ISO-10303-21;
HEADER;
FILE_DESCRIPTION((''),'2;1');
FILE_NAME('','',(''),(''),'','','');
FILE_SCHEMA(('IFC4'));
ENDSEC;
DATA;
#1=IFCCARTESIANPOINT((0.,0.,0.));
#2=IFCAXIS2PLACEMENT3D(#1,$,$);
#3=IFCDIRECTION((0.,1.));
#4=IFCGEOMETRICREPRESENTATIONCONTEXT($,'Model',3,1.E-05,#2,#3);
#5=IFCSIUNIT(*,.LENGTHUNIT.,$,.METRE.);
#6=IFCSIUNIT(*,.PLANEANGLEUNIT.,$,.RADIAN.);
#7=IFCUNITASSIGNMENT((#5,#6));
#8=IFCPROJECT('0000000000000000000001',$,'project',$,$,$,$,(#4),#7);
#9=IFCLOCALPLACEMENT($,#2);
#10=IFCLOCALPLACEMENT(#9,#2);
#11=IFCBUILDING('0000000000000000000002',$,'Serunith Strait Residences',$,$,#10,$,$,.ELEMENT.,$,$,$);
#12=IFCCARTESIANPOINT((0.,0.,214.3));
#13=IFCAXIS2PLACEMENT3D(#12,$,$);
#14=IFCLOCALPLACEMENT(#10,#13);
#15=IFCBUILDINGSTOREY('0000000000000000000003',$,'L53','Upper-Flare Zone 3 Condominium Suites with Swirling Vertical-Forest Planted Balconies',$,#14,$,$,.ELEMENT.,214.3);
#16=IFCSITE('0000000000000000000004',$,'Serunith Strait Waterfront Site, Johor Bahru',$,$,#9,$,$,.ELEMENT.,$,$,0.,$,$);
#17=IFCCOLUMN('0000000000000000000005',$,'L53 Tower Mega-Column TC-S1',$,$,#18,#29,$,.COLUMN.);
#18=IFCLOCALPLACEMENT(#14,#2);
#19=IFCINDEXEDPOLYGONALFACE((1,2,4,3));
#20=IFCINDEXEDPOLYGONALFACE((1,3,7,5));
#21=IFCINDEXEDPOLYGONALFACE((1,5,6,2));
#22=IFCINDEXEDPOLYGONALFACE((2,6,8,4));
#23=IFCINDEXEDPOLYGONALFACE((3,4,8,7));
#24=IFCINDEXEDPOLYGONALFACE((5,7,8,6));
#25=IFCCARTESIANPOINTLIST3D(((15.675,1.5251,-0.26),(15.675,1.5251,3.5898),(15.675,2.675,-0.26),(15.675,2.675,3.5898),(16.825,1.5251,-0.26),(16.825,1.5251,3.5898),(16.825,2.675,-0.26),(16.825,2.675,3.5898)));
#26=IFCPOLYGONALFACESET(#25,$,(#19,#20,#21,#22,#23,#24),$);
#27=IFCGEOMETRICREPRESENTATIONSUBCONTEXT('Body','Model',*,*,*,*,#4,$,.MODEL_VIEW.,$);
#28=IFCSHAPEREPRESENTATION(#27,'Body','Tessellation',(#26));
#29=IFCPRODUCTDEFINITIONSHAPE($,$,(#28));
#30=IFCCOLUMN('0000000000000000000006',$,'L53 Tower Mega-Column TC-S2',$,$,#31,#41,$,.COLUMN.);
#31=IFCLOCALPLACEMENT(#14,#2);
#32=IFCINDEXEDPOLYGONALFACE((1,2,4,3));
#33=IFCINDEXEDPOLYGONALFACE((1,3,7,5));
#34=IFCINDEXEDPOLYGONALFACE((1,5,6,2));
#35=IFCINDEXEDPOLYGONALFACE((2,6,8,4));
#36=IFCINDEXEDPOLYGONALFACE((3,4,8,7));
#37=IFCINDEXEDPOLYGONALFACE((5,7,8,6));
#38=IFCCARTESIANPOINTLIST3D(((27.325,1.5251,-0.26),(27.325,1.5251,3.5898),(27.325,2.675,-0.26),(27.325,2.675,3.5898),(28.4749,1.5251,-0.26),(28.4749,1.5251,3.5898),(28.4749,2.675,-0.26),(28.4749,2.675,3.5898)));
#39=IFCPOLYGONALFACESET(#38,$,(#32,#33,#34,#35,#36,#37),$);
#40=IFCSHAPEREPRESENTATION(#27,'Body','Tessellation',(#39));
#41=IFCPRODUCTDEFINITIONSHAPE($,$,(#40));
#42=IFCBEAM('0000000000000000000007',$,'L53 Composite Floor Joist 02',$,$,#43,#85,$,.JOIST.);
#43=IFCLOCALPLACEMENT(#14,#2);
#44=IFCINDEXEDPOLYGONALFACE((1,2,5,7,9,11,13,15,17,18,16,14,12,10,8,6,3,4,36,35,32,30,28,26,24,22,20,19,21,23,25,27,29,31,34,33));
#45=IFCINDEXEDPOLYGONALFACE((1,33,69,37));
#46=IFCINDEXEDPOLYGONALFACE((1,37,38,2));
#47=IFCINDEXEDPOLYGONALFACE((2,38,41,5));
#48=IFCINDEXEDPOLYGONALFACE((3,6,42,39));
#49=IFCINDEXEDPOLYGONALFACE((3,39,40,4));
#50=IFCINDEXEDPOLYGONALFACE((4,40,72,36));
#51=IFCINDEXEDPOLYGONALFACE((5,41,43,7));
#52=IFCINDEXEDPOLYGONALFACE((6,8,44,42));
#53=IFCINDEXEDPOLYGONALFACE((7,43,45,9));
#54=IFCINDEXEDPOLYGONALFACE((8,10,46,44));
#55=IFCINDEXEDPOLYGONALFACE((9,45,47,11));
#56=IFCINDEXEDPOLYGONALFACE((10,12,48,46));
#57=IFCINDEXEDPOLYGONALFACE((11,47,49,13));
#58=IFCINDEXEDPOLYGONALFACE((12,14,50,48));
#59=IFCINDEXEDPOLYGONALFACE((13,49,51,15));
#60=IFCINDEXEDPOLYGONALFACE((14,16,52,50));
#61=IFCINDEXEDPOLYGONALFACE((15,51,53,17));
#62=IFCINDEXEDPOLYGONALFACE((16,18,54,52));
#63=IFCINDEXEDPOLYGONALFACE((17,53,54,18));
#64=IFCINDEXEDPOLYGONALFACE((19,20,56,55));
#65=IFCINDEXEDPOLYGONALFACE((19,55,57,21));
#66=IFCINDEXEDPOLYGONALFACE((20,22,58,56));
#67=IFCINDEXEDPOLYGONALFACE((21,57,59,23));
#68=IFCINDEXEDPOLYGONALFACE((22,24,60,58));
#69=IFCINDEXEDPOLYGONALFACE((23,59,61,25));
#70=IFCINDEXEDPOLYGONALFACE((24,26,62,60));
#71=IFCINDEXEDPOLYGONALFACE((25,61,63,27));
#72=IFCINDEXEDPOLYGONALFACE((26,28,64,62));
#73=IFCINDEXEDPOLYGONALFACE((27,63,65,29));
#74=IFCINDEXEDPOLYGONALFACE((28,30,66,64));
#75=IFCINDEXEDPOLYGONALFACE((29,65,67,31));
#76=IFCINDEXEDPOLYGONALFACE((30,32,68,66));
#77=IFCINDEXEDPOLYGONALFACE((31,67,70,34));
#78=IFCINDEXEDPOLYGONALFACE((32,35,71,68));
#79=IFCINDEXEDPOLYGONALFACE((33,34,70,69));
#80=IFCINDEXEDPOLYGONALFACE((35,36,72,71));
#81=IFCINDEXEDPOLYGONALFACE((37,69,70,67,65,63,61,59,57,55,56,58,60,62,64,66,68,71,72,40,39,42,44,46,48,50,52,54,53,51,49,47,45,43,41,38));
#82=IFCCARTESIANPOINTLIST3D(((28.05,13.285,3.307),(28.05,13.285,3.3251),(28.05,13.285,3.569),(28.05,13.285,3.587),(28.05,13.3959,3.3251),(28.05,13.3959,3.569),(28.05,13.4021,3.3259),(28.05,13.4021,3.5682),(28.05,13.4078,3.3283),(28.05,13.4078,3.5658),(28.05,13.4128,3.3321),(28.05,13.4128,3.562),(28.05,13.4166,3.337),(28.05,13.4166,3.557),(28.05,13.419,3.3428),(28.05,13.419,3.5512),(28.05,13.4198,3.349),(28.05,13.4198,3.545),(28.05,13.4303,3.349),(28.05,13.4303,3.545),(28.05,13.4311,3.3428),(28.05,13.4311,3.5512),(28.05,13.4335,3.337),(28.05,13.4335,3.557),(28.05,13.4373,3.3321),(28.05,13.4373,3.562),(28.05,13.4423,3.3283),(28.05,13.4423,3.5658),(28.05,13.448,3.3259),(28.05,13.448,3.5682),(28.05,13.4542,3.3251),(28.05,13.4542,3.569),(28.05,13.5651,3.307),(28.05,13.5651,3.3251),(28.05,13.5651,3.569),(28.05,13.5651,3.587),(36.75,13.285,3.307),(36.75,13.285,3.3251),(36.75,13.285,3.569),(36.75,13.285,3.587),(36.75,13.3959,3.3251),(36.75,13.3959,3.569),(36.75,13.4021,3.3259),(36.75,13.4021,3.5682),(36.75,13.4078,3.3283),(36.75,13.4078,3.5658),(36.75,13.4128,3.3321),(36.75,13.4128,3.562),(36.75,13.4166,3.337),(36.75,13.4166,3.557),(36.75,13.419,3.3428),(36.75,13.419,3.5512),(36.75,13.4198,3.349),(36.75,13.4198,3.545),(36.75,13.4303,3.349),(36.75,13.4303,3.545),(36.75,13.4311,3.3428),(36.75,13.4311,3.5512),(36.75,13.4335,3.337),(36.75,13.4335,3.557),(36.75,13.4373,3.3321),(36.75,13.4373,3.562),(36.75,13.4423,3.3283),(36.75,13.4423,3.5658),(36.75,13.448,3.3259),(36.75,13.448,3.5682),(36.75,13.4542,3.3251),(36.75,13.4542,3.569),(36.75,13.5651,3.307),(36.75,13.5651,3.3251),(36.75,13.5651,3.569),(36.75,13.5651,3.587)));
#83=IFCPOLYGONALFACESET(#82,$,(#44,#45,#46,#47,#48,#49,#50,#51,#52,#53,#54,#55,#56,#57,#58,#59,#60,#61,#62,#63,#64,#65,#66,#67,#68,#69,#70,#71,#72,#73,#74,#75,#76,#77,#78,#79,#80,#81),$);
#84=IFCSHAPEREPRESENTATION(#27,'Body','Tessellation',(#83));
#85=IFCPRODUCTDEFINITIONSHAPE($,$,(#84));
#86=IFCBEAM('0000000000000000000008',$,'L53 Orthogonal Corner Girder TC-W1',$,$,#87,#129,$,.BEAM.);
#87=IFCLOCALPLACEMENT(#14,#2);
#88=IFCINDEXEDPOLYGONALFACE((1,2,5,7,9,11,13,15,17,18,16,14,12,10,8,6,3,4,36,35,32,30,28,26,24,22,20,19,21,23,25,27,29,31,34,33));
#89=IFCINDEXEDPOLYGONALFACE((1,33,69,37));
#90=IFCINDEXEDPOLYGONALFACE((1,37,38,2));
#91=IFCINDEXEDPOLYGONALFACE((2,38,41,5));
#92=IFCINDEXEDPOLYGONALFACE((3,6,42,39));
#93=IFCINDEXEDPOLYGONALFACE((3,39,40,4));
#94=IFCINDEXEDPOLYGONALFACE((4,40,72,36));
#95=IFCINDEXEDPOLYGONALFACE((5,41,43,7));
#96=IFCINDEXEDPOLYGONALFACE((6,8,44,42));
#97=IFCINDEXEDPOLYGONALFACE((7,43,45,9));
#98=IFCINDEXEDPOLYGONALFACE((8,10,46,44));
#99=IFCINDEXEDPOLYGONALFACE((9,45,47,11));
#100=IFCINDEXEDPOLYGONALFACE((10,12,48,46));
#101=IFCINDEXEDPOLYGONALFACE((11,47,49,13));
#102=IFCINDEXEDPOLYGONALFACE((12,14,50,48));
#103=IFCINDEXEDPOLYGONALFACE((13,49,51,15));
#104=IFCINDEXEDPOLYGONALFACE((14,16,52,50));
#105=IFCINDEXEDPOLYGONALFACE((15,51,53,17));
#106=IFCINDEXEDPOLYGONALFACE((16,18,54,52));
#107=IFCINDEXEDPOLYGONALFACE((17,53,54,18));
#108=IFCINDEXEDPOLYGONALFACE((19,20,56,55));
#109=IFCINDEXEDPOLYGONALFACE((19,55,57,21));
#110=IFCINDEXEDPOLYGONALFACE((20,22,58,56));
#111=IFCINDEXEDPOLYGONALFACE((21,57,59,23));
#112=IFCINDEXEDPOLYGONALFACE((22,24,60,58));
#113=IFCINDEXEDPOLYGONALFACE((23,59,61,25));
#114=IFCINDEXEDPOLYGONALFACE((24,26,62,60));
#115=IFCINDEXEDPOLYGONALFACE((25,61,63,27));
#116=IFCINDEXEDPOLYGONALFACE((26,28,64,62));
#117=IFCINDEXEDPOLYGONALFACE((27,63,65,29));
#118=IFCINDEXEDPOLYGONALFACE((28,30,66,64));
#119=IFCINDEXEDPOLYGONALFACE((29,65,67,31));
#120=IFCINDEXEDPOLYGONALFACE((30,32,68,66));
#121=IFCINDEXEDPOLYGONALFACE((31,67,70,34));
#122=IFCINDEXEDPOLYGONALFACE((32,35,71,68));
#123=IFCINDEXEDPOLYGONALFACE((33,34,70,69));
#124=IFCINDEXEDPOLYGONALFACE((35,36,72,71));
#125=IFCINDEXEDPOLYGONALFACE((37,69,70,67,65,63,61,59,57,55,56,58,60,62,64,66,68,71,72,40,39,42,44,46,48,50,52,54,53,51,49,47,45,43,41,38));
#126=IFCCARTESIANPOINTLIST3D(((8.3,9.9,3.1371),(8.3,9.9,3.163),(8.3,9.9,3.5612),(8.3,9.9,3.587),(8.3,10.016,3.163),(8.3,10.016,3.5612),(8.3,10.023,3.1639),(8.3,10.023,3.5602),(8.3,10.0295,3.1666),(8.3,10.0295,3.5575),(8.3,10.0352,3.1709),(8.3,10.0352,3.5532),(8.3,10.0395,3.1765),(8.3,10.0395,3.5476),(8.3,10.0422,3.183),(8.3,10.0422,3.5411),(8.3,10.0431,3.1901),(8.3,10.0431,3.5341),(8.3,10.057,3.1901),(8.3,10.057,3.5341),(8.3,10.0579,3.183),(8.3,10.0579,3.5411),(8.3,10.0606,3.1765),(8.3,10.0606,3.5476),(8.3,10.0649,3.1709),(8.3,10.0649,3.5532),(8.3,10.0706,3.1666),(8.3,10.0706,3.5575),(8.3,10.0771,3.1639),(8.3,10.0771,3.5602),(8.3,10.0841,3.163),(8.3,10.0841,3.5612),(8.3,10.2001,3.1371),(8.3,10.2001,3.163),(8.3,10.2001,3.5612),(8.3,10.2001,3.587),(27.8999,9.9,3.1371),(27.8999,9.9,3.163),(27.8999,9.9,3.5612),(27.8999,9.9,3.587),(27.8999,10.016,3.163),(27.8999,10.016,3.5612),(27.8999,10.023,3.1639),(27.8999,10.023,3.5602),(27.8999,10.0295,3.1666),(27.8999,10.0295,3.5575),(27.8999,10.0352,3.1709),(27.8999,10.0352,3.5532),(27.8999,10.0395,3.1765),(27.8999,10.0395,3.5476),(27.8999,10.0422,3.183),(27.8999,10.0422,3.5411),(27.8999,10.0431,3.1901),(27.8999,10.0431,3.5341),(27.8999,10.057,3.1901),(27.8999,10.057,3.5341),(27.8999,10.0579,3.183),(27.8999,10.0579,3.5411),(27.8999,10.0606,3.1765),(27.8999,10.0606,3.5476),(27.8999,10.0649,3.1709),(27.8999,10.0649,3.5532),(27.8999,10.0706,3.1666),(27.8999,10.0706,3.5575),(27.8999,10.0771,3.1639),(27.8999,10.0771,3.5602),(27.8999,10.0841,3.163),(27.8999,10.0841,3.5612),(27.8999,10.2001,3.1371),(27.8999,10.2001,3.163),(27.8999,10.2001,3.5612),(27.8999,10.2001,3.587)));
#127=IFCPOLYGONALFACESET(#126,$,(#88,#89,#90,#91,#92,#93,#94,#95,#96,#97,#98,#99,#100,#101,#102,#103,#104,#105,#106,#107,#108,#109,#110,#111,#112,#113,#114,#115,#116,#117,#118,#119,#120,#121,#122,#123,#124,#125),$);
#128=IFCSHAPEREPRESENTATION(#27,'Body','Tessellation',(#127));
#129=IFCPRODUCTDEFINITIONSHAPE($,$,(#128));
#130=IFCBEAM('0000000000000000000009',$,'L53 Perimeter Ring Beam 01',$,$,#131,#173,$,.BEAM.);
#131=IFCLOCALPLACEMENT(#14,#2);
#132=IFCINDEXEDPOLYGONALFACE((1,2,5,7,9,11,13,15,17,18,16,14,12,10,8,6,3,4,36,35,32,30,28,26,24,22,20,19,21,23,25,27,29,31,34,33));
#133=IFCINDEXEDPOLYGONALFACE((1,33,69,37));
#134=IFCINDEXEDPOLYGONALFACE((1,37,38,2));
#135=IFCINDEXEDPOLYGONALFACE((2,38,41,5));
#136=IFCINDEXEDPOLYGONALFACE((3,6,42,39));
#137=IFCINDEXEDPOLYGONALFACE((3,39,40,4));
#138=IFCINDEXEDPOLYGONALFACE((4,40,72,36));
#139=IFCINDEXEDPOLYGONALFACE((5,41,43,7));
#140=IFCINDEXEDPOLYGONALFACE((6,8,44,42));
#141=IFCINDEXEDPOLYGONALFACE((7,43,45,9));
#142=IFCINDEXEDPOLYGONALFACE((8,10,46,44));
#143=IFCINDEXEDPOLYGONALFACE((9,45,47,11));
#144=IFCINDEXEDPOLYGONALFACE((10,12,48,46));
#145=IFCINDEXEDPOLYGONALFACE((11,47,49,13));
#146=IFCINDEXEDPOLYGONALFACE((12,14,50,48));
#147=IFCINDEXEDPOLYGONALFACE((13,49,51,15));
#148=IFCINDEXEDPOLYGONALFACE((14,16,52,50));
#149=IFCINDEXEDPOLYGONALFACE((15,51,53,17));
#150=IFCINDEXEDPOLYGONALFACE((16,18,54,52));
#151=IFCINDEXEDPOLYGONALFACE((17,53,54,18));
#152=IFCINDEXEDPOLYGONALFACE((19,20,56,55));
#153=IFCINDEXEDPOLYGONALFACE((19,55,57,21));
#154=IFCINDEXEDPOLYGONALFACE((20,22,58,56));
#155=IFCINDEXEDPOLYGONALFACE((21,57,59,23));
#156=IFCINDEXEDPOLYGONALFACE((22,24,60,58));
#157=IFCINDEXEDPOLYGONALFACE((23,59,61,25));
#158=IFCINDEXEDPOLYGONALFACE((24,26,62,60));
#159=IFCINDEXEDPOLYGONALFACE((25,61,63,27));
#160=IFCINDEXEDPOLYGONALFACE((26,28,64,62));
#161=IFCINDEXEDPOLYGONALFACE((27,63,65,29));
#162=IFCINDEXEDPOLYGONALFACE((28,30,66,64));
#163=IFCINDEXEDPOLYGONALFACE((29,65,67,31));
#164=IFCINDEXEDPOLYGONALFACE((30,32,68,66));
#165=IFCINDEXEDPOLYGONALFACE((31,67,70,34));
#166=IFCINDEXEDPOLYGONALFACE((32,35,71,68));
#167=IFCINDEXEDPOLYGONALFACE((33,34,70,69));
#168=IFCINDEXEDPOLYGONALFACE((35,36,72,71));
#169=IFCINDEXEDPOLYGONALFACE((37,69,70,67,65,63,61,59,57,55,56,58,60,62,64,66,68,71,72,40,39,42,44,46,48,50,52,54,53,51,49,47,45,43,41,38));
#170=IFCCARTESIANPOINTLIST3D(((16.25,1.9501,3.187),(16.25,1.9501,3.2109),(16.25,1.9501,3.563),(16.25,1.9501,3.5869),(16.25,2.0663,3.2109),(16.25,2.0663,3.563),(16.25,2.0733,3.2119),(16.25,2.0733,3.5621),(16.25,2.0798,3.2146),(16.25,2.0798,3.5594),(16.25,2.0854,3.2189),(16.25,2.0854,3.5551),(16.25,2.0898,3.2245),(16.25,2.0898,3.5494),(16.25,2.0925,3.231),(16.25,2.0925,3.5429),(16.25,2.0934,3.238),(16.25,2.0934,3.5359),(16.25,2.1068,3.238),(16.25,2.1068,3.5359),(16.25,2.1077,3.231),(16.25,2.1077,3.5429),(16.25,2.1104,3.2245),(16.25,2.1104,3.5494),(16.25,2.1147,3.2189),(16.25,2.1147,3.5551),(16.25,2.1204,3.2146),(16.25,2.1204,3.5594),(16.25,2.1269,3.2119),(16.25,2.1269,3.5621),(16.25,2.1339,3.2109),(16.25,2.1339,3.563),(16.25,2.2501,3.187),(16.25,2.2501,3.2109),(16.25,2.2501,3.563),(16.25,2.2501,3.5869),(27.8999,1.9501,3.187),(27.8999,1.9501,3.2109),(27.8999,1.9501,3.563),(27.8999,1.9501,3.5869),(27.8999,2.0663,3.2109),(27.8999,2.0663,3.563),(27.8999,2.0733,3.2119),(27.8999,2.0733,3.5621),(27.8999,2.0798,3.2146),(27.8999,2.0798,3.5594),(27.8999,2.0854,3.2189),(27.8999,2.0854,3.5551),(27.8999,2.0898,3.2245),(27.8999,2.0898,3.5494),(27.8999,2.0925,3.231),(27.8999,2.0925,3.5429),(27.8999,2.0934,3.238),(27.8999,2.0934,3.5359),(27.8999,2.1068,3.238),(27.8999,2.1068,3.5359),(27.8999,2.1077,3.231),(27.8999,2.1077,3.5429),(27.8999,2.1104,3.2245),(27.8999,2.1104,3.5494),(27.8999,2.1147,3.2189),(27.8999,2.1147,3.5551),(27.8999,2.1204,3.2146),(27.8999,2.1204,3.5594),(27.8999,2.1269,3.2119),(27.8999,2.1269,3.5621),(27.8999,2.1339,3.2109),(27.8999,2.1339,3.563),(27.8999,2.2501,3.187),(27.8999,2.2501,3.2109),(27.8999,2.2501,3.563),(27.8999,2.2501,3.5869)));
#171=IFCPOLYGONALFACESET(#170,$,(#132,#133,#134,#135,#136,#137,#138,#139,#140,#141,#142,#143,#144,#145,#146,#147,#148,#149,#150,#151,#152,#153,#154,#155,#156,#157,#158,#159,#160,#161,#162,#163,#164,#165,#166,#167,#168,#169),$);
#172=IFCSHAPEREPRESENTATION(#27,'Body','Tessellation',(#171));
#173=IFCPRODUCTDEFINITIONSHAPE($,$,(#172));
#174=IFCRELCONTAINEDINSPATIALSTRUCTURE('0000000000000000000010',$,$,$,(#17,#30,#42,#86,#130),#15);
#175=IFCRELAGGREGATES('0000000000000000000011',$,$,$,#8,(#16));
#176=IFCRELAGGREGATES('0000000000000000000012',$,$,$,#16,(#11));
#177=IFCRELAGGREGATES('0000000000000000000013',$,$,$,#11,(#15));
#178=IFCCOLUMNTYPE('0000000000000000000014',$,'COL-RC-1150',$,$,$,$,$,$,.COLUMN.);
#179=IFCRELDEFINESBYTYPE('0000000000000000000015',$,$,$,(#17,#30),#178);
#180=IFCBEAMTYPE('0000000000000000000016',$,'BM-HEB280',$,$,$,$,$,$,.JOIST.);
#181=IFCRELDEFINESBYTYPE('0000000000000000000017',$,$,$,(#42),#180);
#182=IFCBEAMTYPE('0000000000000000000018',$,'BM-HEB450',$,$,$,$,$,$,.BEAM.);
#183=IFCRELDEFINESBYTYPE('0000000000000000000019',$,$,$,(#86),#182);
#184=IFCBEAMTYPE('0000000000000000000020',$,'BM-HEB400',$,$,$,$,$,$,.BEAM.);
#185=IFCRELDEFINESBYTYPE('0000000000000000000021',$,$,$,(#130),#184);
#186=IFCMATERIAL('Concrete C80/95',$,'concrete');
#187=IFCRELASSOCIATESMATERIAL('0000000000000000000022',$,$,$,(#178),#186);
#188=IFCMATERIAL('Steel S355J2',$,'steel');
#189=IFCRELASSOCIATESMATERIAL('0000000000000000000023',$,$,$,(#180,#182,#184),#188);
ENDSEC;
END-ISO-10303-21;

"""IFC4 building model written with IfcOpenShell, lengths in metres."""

from ifc_helpers import new_model, si_unit, direction, frame, origin, origin_2d, place, context, subcontext, project, spatial, rectangle, i_section, extrude, source, transform, mapped, material, material_profile, profile_set, type_object, element, save


model = new_model("IFC4")

# Units and contexts
model_context = context("Model", 3, precision=1e-05, world=origin(), true_north=direction((0.0, 1.0)))
body_context = subcontext(model_context, "Body", "Model", "MODEL_VIEW")
ifc_project = project(units=[si_unit("LENGTHUNIT", "METRE"), si_unit("PLANEANGLEUNIT", "RADIAN")], contexts=[model_context])

# Site, building, storey
site_placement = place(None, origin())
site = spatial("IfcSite", under=ifc_project, at=site_placement, Name="Serunith Strait Waterfront Site, Johor Bahru", CompositionType="ELEMENT", RefElevation=0.0)
building_placement = place(site_placement, origin())
building = spatial("IfcBuilding", under=site, at=building_placement, Name="Serunith Strait Residences", CompositionType="ELEMENT")
storey_placement = place(building_placement, frame((0.0, 0.0, 214.3)))
storey = spatial("IfcBuildingStorey", under=building, at=storey_placement, Name="L53", Description="Upper-Flare Zone 3 Condominium Suites with Swirling Vertical-Forest Planted Balconies", CompositionType="ELEMENT", Elevation=214.3)

# Columns
ifc_material_1 = material(Name="Concrete C80/95", Category="concrete")
ifc_material_profile_1 = material_profile(ifc_material_1, rectangle(XDim=1.1499, YDim=1.1499, at=origin_2d()), Name="RC 1150x1150")
ifc_profile_set_1 = profile_set([ifc_material_profile_1], Name="Concrete C80/95")
column_type = type_object("IfcColumnType", Name="COL-RC-1150", PredefinedType="COLUMN", material=ifc_profile_set_1)
shared_shape_1 = source(origin(), body_context, "Body", "SweptSolid", [
    extrude(rectangle(XDim=1.1499, YDim=1.1499, at=origin_2d()), origin(), (0.0, 0.0, 1.0), 3.8499),
])
for number, where, z_axis, x_axis, name in (
    (1, (16.25, 2.1001, -0.26), (0.0, 0.0, 1.0), (1.0, 0.0, 0.0), "L53 Tower Mega-Column TC-S1"),
    (2, (27.8999, 2.1001, -0.26), (0.0, 0.0, 1.0), (1.0, 0.0, 0.0), "L53 Tower Mega-Column TC-S2"),
):
    element("IfcColumn", number, at=place(storey_placement, frame(where, z_axis=z_axis, x_axis=x_axis)), inside=storey, type_object=column_type, Name=name, PredefinedType="COLUMN", context=body_context, shape_type="MappedRepresentation", body=[
        mapped(shared_shape_1, transform((0.0, 0.0, 0.0), scale=1.0)),
    ])

# Beams
ifc_material_2 = material(Name="Steel S355J2", Category="steel")
ifc_material_profile_2 = material_profile(ifc_material_2, i_section(OverallWidth=0.28, OverallDepth=0.28, WebThickness=0.0105, FlangeThickness=0.0181, FilletRadius=0.0239, at=origin_2d()), Name="HEB 280")
ifc_profile_set_2 = profile_set([ifc_material_profile_2], Name="Steel S355J2")
beam_type_1 = type_object("IfcBeamType", Name="BM-HEB280", PredefinedType="JOIST", material=ifc_profile_set_2)
shared_shape_2 = source(origin(), body_context, "Body", "SweptSolid", [
    extrude(i_section(OverallWidth=0.28, OverallDepth=0.28, WebThickness=0.0105, FlangeThickness=0.0181, FilletRadius=0.0239, at=origin_2d()), origin(), (0.0, 0.0, 1.0), 8.7),
])
beam_1_placement = place(storey_placement, frame((28.05, 13.425, 3.447), z_axis=(1.0, 0.0, 0.0), x_axis=(0.0, 1.0, 0.0)))
element("IfcBeam", 3, at=beam_1_placement, inside=storey, type_object=beam_type_1, Name="L53 Composite Floor Joist 02", PredefinedType="JOIST", context=body_context, shape_type="MappedRepresentation", body=[
    mapped(shared_shape_2, transform((0.0, 0.0, 0.0), scale=1.0)),
])
ifc_material_profile_3 = material_profile(ifc_material_2, i_section(OverallWidth=0.3, OverallDepth=0.45, WebThickness=0.0139, FlangeThickness=0.0259, FilletRadius=0.0271, at=origin_2d()), Name="HEB 450")
ifc_profile_set_3 = profile_set([ifc_material_profile_3], Name="Steel S355J2")
beam_type_2 = type_object("IfcBeamType", Name="BM-HEB450", PredefinedType="BEAM", material=ifc_profile_set_3)
shared_shape_3 = source(origin(), body_context, "Body", "SweptSolid", [
    extrude(i_section(OverallWidth=0.3, OverallDepth=0.45, WebThickness=0.0139, FlangeThickness=0.0259, FilletRadius=0.0271, at=origin_2d()), origin(), (0.0, 0.0, 1.0), 19.5999),
])
beam_2_placement = place(storey_placement, frame((27.8999, 10.05, 3.3621), z_axis=(-1.0, 0.0, 0.0), x_axis=(0.0, -1.0, 0.0)))
element("IfcBeam", 4, at=beam_2_placement, inside=storey, type_object=beam_type_2, Name="L53 Orthogonal Corner Girder TC-W1", PredefinedType="BEAM", context=body_context, shape_type="MappedRepresentation", body=[
    mapped(shared_shape_3, transform((0.0, 0.0, 0.0), scale=1.0)),
])
ifc_material_profile_4 = material_profile(ifc_material_2, i_section(OverallWidth=0.3, OverallDepth=0.3999, WebThickness=0.0134, FlangeThickness=0.0239, FilletRadius=0.0271, at=origin_2d()), Name="HEB 400")
ifc_profile_set_4 = profile_set([ifc_material_profile_4], Name="Steel S355J2")
beam_type_3 = type_object("IfcBeamType", Name="BM-HEB400", PredefinedType="BEAM", material=ifc_profile_set_4)
shared_shape_4 = source(origin(), body_context, "Body", "SweptSolid", [
    extrude(i_section(OverallWidth=0.3, OverallDepth=0.3999, WebThickness=0.0134, FlangeThickness=0.0239, FilletRadius=0.0271, at=origin_2d()), origin(), (0.0, 0.0, 1.0), 11.6499),
])
beam_3_placement = place(storey_placement, frame((16.25, 2.1001, 3.387), z_axis=(1.0, 0.0, 0.0), x_axis=(0.0, 1.0, 0.0)))
element("IfcBeam", 5, at=beam_3_placement, inside=storey, type_object=beam_type_3, Name="L53 Perimeter Ring Beam 01", PredefinedType="BEAM", context=body_context, shape_type="MappedRepresentation", body=[
    mapped(shared_shape_4, transform((0.0, 0.0, 0.0), scale=1.0)),
])

save(model, "model.ifc")
